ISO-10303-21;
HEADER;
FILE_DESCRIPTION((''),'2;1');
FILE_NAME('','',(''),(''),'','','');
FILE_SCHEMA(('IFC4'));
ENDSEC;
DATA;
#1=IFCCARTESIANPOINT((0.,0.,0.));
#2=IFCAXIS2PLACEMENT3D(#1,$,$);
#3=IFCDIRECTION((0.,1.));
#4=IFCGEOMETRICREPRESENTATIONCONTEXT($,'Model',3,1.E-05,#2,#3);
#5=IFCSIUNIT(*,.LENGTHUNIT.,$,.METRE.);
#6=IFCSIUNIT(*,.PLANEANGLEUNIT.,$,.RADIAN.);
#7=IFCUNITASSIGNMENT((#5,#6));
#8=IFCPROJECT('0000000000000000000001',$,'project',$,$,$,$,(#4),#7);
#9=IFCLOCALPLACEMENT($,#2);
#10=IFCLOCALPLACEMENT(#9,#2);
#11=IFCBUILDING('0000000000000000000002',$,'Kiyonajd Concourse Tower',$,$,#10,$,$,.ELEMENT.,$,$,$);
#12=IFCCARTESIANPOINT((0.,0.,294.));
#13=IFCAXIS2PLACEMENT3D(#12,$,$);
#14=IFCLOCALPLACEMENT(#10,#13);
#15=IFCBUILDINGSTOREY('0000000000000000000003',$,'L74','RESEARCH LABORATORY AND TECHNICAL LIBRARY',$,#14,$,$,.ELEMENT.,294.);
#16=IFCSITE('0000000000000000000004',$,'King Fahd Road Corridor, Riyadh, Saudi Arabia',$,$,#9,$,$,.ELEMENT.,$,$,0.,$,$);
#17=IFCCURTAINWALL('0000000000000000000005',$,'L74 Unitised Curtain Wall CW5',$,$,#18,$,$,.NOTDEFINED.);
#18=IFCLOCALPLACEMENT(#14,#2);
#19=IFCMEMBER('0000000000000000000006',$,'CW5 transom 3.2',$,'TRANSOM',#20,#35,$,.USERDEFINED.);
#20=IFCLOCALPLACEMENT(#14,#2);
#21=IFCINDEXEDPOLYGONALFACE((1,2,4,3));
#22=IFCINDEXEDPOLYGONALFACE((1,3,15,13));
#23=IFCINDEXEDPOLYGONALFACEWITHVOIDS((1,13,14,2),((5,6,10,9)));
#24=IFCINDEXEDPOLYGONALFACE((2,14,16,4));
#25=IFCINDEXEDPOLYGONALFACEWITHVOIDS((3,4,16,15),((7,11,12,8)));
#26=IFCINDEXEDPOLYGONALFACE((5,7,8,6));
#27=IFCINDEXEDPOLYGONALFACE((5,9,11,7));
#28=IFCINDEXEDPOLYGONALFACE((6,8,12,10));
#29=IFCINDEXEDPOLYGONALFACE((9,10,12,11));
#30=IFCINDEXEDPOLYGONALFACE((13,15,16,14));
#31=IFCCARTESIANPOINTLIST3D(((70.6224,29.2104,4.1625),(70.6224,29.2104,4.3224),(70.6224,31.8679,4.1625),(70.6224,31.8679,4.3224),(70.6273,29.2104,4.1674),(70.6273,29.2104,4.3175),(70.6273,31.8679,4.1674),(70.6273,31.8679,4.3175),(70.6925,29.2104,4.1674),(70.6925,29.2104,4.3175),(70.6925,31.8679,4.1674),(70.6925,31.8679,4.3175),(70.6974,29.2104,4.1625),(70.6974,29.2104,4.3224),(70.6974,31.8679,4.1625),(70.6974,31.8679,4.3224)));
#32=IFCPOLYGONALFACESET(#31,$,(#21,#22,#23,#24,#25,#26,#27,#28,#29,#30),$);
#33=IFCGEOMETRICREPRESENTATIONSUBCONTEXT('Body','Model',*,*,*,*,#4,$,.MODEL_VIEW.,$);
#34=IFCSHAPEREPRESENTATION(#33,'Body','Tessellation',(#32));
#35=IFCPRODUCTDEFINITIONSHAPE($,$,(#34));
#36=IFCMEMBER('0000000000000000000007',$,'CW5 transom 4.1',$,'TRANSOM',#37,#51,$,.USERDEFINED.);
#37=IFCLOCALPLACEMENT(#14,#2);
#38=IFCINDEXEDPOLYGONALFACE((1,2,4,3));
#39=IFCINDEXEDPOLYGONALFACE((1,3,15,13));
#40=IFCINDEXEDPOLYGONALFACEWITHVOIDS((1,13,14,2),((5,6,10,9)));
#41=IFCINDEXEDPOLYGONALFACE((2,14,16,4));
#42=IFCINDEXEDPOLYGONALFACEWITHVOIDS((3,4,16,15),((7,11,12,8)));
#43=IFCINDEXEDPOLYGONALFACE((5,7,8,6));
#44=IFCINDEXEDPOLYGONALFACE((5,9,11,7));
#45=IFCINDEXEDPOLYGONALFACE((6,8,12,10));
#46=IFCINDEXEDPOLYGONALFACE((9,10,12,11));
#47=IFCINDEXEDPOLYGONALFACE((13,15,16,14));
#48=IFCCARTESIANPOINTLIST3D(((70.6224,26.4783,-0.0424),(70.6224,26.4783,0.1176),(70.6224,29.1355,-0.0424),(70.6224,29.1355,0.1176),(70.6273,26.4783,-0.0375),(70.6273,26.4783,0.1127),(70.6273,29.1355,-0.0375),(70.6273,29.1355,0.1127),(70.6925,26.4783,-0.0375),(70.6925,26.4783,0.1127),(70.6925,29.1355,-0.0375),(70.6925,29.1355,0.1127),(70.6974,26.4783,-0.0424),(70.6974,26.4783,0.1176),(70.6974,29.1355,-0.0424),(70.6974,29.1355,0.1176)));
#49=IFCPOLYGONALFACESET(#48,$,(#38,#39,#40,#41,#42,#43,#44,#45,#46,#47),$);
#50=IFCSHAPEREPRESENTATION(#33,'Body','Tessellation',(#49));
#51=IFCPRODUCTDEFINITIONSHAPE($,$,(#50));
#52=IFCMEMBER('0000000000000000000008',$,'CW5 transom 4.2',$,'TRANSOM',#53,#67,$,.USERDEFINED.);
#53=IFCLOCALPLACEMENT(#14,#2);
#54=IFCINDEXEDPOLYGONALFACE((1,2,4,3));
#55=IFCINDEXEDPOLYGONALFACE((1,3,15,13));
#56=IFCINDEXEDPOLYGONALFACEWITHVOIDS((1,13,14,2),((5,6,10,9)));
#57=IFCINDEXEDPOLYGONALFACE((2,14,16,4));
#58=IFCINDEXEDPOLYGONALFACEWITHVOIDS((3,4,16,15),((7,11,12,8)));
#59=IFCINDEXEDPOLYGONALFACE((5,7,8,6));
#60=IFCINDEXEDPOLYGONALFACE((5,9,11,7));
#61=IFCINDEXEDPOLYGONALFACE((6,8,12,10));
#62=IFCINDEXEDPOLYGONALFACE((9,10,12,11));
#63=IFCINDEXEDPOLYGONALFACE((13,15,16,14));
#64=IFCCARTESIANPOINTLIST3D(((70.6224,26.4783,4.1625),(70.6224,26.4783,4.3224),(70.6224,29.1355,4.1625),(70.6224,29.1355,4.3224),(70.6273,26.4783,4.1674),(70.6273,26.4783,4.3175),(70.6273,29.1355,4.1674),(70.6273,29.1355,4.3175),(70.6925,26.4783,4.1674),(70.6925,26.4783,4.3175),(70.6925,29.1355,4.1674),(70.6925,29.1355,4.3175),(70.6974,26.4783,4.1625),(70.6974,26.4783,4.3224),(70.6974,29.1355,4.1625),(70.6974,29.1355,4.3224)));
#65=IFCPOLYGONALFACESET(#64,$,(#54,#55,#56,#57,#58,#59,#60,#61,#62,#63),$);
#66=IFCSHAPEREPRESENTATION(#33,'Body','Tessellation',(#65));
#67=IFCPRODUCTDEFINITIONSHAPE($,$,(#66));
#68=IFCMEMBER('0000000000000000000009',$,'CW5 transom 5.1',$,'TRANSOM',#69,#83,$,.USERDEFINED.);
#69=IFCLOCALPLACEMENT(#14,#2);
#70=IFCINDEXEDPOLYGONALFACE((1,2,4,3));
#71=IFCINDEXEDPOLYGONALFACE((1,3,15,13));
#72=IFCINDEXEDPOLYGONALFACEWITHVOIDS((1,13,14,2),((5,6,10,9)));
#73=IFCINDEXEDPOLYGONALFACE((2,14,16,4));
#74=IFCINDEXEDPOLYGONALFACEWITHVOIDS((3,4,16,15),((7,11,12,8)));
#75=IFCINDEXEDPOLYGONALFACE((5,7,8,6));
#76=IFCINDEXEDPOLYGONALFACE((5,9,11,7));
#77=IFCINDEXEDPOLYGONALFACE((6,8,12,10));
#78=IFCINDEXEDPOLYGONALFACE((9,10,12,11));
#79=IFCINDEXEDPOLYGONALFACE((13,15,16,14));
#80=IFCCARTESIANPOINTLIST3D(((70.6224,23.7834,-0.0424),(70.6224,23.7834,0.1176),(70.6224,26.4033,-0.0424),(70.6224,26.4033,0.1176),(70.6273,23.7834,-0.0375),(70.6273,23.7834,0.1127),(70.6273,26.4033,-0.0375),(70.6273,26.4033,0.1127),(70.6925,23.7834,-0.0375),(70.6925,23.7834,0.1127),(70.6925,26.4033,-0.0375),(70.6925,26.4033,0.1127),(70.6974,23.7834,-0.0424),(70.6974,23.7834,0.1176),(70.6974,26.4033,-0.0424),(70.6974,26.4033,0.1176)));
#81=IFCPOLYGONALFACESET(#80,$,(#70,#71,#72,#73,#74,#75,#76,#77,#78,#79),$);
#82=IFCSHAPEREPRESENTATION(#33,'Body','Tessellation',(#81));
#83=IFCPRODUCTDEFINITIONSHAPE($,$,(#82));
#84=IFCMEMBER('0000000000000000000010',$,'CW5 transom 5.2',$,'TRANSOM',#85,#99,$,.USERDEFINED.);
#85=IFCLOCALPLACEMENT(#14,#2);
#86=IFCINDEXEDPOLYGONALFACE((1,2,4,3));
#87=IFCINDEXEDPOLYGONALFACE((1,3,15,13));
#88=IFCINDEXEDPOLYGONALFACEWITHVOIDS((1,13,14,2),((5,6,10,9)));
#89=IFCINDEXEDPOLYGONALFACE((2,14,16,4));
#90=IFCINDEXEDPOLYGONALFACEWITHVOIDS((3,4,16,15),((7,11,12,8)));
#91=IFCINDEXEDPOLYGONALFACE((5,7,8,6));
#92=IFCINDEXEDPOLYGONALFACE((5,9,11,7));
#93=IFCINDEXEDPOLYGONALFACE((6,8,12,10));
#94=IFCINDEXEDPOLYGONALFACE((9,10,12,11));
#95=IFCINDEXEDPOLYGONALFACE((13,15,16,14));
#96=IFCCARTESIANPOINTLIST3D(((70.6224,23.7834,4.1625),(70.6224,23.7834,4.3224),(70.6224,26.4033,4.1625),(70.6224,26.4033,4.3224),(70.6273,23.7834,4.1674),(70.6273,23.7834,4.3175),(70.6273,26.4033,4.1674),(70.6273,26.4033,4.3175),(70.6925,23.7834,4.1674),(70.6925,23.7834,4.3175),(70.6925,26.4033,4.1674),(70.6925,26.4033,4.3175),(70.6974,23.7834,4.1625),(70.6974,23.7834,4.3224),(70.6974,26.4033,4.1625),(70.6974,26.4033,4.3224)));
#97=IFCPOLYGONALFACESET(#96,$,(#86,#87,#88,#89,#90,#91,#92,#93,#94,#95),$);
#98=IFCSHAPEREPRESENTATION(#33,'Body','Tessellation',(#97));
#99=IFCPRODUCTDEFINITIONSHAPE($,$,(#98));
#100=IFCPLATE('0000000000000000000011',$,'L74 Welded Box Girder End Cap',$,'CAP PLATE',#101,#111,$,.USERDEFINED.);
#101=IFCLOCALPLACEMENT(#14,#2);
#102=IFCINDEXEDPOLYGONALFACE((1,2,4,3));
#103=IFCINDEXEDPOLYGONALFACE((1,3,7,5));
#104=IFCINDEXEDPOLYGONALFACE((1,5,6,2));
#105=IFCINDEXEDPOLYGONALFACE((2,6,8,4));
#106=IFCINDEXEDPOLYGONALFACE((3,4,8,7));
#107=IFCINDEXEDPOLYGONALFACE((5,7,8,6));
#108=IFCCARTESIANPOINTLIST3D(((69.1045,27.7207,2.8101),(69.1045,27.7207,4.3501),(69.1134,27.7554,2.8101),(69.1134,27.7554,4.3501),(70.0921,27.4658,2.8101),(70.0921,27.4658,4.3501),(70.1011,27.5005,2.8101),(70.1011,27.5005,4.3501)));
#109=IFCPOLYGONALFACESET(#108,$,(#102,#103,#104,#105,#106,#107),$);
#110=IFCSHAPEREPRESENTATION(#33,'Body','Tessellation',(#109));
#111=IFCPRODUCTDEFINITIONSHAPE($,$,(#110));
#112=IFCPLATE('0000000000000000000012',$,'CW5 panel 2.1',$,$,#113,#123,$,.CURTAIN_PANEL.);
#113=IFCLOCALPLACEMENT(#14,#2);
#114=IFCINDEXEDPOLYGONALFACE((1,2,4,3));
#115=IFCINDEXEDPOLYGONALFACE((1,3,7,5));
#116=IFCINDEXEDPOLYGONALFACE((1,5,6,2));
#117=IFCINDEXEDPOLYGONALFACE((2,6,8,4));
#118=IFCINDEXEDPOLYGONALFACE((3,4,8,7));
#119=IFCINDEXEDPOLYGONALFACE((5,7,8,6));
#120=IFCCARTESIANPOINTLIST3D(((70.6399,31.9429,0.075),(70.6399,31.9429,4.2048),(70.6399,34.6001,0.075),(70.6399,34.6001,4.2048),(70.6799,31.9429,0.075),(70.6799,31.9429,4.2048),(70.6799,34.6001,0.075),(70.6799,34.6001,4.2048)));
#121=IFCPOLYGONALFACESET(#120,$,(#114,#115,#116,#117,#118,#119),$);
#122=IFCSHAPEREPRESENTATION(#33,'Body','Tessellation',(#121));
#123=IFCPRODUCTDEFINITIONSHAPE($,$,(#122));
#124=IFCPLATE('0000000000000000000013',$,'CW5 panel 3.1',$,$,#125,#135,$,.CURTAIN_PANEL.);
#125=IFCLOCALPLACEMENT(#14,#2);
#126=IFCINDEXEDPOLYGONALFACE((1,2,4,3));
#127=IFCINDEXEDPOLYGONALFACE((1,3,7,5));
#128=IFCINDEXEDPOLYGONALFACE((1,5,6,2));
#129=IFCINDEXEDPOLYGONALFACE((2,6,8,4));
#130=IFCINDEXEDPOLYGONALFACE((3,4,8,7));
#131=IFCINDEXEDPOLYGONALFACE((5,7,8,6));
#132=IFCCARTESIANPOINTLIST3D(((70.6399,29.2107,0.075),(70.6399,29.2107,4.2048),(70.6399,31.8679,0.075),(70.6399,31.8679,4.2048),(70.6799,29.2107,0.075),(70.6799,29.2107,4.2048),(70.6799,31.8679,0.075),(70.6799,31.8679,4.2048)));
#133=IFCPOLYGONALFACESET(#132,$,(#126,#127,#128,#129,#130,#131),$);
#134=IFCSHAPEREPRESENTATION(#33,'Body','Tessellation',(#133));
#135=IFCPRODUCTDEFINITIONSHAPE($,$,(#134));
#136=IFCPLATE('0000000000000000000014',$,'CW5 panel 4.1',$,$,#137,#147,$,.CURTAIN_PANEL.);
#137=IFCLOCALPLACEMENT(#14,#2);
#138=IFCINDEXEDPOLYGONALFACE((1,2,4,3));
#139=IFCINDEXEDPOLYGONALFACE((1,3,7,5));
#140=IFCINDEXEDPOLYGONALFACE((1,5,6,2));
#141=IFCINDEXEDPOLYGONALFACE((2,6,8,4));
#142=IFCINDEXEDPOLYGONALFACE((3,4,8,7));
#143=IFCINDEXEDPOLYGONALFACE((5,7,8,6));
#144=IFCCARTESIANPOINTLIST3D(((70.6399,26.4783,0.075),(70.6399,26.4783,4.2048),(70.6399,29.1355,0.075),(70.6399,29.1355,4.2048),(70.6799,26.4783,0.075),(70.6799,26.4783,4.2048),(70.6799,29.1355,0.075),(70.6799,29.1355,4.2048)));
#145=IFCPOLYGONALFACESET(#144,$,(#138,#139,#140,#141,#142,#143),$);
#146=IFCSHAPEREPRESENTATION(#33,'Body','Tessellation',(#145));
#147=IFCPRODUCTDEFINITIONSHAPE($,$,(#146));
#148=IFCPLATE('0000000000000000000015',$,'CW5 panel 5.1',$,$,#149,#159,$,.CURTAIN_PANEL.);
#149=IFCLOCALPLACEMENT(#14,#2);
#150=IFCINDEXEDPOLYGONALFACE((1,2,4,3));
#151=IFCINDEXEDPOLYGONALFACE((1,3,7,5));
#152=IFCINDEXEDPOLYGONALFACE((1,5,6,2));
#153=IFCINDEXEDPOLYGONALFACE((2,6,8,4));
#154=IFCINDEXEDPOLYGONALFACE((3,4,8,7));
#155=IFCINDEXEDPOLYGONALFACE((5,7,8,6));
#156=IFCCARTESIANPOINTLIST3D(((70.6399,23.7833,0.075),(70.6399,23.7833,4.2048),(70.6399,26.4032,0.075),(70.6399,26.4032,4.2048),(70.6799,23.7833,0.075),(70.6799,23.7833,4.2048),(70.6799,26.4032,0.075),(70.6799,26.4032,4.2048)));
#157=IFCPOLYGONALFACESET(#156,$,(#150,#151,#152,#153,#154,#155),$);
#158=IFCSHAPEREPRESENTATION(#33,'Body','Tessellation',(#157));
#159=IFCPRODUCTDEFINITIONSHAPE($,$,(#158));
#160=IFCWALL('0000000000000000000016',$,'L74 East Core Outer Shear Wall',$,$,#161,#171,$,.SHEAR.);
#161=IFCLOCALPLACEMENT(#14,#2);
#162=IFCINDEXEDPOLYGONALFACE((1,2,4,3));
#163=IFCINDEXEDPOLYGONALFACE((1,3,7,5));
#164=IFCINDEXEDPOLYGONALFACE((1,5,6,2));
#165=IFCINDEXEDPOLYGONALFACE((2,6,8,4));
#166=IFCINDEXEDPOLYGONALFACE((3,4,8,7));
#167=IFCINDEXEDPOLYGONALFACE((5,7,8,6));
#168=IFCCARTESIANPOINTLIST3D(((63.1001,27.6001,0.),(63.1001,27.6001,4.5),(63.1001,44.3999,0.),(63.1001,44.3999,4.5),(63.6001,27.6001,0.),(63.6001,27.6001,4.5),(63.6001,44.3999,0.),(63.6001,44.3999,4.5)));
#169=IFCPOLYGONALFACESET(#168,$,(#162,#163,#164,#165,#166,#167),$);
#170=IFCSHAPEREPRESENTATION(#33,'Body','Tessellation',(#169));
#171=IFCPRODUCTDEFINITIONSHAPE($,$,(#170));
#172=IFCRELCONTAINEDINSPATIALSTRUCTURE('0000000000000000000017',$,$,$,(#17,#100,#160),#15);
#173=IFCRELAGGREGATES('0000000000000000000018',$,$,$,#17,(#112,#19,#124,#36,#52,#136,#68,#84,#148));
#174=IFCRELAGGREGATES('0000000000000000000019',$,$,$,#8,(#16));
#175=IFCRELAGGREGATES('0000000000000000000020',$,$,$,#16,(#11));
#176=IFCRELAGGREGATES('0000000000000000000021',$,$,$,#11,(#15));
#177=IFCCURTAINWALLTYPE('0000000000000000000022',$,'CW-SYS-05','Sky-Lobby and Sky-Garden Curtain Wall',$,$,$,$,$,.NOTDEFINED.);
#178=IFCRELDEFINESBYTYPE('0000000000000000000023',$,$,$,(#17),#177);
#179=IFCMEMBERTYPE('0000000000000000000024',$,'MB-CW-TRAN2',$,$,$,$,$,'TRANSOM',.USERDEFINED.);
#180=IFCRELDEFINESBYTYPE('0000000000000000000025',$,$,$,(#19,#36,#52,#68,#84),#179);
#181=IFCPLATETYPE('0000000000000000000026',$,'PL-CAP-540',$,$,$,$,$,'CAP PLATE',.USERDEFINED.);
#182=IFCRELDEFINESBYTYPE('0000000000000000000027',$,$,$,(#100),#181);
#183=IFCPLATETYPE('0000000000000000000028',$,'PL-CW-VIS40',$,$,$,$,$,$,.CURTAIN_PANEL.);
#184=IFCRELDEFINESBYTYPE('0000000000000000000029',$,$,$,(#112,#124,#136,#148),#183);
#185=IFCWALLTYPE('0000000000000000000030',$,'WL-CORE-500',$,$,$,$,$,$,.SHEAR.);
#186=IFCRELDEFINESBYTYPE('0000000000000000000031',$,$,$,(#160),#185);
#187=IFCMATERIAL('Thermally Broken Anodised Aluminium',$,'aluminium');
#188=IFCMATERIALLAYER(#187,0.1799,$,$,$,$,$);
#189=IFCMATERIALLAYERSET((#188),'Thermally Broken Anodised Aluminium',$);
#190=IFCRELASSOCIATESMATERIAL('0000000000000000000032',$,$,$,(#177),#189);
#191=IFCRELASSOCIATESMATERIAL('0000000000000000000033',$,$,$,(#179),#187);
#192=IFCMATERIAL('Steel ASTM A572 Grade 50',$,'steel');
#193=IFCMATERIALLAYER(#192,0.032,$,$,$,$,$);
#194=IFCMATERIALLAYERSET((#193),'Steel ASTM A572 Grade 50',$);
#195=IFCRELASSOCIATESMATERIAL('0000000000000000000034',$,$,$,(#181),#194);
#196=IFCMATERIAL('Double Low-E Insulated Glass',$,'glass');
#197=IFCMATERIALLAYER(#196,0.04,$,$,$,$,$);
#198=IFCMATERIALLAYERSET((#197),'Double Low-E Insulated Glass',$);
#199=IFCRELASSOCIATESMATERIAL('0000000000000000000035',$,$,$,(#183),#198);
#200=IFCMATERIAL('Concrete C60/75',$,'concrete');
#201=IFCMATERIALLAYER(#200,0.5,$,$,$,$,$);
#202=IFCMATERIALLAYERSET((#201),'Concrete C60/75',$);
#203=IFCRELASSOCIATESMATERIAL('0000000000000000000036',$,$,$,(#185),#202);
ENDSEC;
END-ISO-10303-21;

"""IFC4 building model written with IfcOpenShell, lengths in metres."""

from ifc_helpers import new_model, si_unit, direction, frame, frame_2d, origin, origin_2d, place, context, subcontext, project, spatial, rectangle, hollow_rectangle, extrude, material, layer, layer_set, material_profile, profile_set, type_object, element, aggregate, save


model = new_model("IFC4")

# Units and contexts
model_context = context("Model", 3, precision=1e-05, world=origin(), true_north=direction((0.0, 1.0)))
body_context = subcontext(model_context, "Body", "Model", "MODEL_VIEW")
ifc_project = project(units=[si_unit("LENGTHUNIT", "METRE"), si_unit("PLANEANGLEUNIT", "RADIAN")], contexts=[model_context])

# Site, building, storey
site_placement = place(None, origin())
site = spatial("IfcSite", under=ifc_project, at=site_placement, Name="King Fahd Road Corridor, Riyadh, Saudi Arabia", CompositionType="ELEMENT", RefElevation=0.0)
building_placement = place(site_placement, origin())
building = spatial("IfcBuilding", under=site, at=building_placement, Name="Kiyonajd Concourse Tower", CompositionType="ELEMENT")
storey_placement = place(building_placement, frame((0.0, 0.0, 294.0)))
storey = spatial("IfcBuildingStorey", under=building, at=storey_placement, Name="L74", Description="RESEARCH LABORATORY AND TECHNICAL LIBRARY", CompositionType="ELEMENT", Elevation=294.0)

# Shared definitions
ifc_material_1 = material(Name="Concrete C60/75", Category="concrete")

# Curtain wall, members
ifc_material_2 = material(Name="Thermally Broken Anodised Aluminium", Category="aluminium")
ifc_layer_1 = layer(ifc_material_2, 0.1799)
ifc_layer_set_1 = layer_set([ifc_layer_1], Name="Thermally Broken Anodised Aluminium")
curtain_wall_type = type_object("IfcCurtainWallType", Name="CW-SYS-05", Description="Sky-Lobby and Sky-Garden Curtain Wall", PredefinedType="NOTDEFINED", material=ifc_layer_set_1)
curtain_wall_placement = place(storey_placement, origin())
curtain_wall = element("IfcCurtainWall", 1, at=curtain_wall_placement, inside=storey, type_object=curtain_wall_type, Name="L74 Unitised Curtain Wall CW5", PredefinedType="NOTDEFINED")
ifc_material_profile_1 = material_profile(ifc_material_2, hollow_rectangle(XDim=0.075, YDim=0.1599, WallThickness=0.0049, at=origin_2d()), Name="TRAN-75x160")
ifc_profile_set_1 = profile_set([ifc_material_profile_1], Name="Thermally Broken Anodised Aluminium")
member_type_1 = type_object("IfcMemberType", Name="MB-CW-TRAN2", ElementType="TRANSOM", PredefinedType="USERDEFINED", material=ifc_profile_set_1)
member_1_placement = place(storey_placement, frame((70.6599, 31.8679, 4.2424), z_axis=(0.0, -1.0, 0.0), x_axis=(1.0, 0.0, 0.0)))
member_1 = element("IfcMember", 2, at=member_1_placement, type_object=member_type_1, Name="CW5 transom 3.2", ObjectType="TRANSOM", PredefinedType="USERDEFINED", context=body_context, shape_type="SweptSolid", body=[
    extrude(hollow_rectangle(XDim=0.075, YDim=0.1599, WallThickness=0.0049, at=origin_2d()), origin(), (0.0, 0.0, 1.0), 2.6575),
])
member_2_placement = place(storey_placement, frame((70.6599, 29.1355, 0.0376), z_axis=(0.0, -1.0, 0.0), x_axis=(1.0, 0.0, 0.0)))
member_2 = element("IfcMember", 3, at=member_2_placement, type_object=member_type_1, Name="CW5 transom 4.1", ObjectType="TRANSOM", PredefinedType="USERDEFINED", context=body_context, shape_type="SweptSolid", body=[
    extrude(hollow_rectangle(XDim=0.075, YDim=0.1599, WallThickness=0.0049, at=origin_2d()), origin(), (0.0, 0.0, 1.0), 2.6572),
])
member_3_placement = place(storey_placement, frame((70.6599, 29.1355, 4.2424), z_axis=(0.0, -1.0, 0.0), x_axis=(1.0, 0.0, 0.0)))
member_3 = element("IfcMember", 4, at=member_3_placement, type_object=member_type_1, Name="CW5 transom 4.2", ObjectType="TRANSOM", PredefinedType="USERDEFINED", context=body_context, shape_type="SweptSolid", body=[
    extrude(hollow_rectangle(XDim=0.075, YDim=0.1599, WallThickness=0.0049, at=origin_2d()), origin(), (0.0, 0.0, 1.0), 2.6572),
])
member_4_placement = place(storey_placement, frame((70.6599, 26.4033, 0.0376), z_axis=(0.0, -1.0, 0.0), x_axis=(1.0, 0.0, 0.0)))
member_4 = element("IfcMember", 5, at=member_4_placement, type_object=member_type_1, Name="CW5 transom 5.1", ObjectType="TRANSOM", PredefinedType="USERDEFINED", context=body_context, shape_type="SweptSolid", body=[
    extrude(hollow_rectangle(XDim=0.075, YDim=0.1599, WallThickness=0.0049, at=origin_2d()), origin(), (0.0, 0.0, 1.0), 2.6199),
])
member_5_placement = place(storey_placement, frame((70.6599, 26.4033, 4.2424), z_axis=(0.0, -1.0, 0.0), x_axis=(1.0, 0.0, 0.0)))
member_5 = element("IfcMember", 6, at=member_5_placement, type_object=member_type_1, Name="CW5 transom 5.2", ObjectType="TRANSOM", PredefinedType="USERDEFINED", context=body_context, shape_type="SweptSolid", body=[
    extrude(hollow_rectangle(XDim=0.075, YDim=0.1599, WallThickness=0.0049, at=origin_2d()), origin(), (0.0, 0.0, 1.0), 2.6199),
])

# Plates
ifc_material_3 = material(Name="Steel ASTM A572 Grade 50", Category="steel")
ifc_layer_2 = layer(ifc_material_3, 0.032)
ifc_layer_set_2 = layer_set([ifc_layer_2], Name="Steel ASTM A572 Grade 50")
plate_type_1 = type_object("IfcPlateType", Name="PL-CAP-540", ElementType="CAP PLATE", PredefinedType="USERDEFINED", material=ifc_layer_set_2)
plate_1_placement = place(storey_placement, frame((69.6028, 27.6106, 2.8101), z_axis=(0.0, 0.0, 1.0), x_axis=(0.249873, 0.968279, 0.0)))
element("IfcPlate", 7, at=plate_1_placement, inside=storey, type_object=plate_type_1, Name="L74 Welded Box Girder End Cap", ObjectType="CAP PLATE", PredefinedType="USERDEFINED", context=body_context, shape_type="SweptSolid", body=[
    extrude(rectangle(XDim=0.0359, YDim=1.02, at=origin_2d()), origin(), (0.0, 0.0, 1.0), 1.54),
])
ifc_material_4 = material(Name="Double Low-E Insulated Glass", Category="glass")
ifc_layer_3 = layer(ifc_material_4, 0.04)
ifc_layer_set_3 = layer_set([ifc_layer_3], Name="Double Low-E Insulated Glass")
plate_type_2 = type_object("IfcPlateType", Name="PL-CW-VIS40", PredefinedType="CURTAIN_PANEL", material=ifc_layer_set_3)
plate_2_placement = place(storey_placement, frame((70.6599, 33.2715, 0.075), z_axis=(0.0, 0.0, 1.0), x_axis=(0.0, -1.0, 0.0)))
plate_2 = element("IfcPlate", 8, at=plate_2_placement, type_object=plate_type_2, Name="CW5 panel 2.1", PredefinedType="CURTAIN_PANEL", context=body_context, shape_type="SweptSolid", body=[
    extrude(rectangle(XDim=2.6572, YDim=0.04, at=origin_2d()), origin(), (0.0, 0.0, 1.0), 4.1299),
])
plate_3_placement = place(storey_placement, frame((70.6599, 30.5393, 0.075), z_axis=(0.0, 0.0, 1.0), x_axis=(0.0, -1.0, 0.0)))
plate_3 = element("IfcPlate", 9, at=plate_3_placement, type_object=plate_type_2, Name="CW5 panel 3.1", PredefinedType="CURTAIN_PANEL", context=body_context, shape_type="SweptSolid", body=[
    extrude(rectangle(XDim=2.6572, YDim=0.04, at=origin_2d()), origin(), (0.0, 0.0, 1.0), 4.1299),
])
plate_4_placement = place(storey_placement, frame((70.6599, 27.8069, 0.075), z_axis=(0.0, 0.0, 1.0), x_axis=(0.0, -1.0, 0.0)))
plate_4 = element("IfcPlate", 10, at=plate_4_placement, type_object=plate_type_2, Name="CW5 panel 4.1", PredefinedType="CURTAIN_PANEL", context=body_context, shape_type="SweptSolid", body=[
    extrude(rectangle(XDim=2.6572, YDim=0.04, at=origin_2d()), origin(), (0.0, 0.0, 1.0), 4.1299),
])
plate_5_placement = place(storey_placement, frame((70.6599, 25.0933, 0.075), z_axis=(0.0, 0.0, 1.0), x_axis=(0.0, -1.0, 0.0)))
plate_5 = element("IfcPlate", 11, at=plate_5_placement, type_object=plate_type_2, Name="CW5 panel 5.1", PredefinedType="CURTAIN_PANEL", context=body_context, shape_type="SweptSolid", body=[
    extrude(rectangle(XDim=2.6199, YDim=0.04, at=origin_2d()), origin(), (0.0, 0.0, 1.0), 4.1299),
])
aggregate(curtain_wall, [plate_2, member_1, plate_3, member_2, member_3, plate_4, member_4, member_5, plate_5])

# Wall
ifc_layer_4 = layer(ifc_material_1, 0.5)
ifc_layer_set_4 = layer_set([ifc_layer_4], Name="Concrete C60/75")
wall_type_1 = type_object("IfcWallType", Name="WL-CORE-500", PredefinedType="SHEAR", material=ifc_layer_set_4)
wall_1_placement = place(storey_placement, frame((63.3501, 27.6001, 0.0), z_axis=(0.0, 0.0, 1.0), x_axis=(0.0, 1.0, 0.0)))
element("IfcWall", 12, at=wall_1_placement, inside=storey, type_object=wall_type_1, Name="L74 East Core Outer Shear Wall", PredefinedType="SHEAR", context=body_context, shape_type="SweptSolid", body=[
    extrude(rectangle(XDim=16.7998, YDim=0.5, at=frame_2d((8.3999, 0.0))), origin(), (0.0, 0.0, 1.0), 4.5),
])

save(model, "model.ifc")
